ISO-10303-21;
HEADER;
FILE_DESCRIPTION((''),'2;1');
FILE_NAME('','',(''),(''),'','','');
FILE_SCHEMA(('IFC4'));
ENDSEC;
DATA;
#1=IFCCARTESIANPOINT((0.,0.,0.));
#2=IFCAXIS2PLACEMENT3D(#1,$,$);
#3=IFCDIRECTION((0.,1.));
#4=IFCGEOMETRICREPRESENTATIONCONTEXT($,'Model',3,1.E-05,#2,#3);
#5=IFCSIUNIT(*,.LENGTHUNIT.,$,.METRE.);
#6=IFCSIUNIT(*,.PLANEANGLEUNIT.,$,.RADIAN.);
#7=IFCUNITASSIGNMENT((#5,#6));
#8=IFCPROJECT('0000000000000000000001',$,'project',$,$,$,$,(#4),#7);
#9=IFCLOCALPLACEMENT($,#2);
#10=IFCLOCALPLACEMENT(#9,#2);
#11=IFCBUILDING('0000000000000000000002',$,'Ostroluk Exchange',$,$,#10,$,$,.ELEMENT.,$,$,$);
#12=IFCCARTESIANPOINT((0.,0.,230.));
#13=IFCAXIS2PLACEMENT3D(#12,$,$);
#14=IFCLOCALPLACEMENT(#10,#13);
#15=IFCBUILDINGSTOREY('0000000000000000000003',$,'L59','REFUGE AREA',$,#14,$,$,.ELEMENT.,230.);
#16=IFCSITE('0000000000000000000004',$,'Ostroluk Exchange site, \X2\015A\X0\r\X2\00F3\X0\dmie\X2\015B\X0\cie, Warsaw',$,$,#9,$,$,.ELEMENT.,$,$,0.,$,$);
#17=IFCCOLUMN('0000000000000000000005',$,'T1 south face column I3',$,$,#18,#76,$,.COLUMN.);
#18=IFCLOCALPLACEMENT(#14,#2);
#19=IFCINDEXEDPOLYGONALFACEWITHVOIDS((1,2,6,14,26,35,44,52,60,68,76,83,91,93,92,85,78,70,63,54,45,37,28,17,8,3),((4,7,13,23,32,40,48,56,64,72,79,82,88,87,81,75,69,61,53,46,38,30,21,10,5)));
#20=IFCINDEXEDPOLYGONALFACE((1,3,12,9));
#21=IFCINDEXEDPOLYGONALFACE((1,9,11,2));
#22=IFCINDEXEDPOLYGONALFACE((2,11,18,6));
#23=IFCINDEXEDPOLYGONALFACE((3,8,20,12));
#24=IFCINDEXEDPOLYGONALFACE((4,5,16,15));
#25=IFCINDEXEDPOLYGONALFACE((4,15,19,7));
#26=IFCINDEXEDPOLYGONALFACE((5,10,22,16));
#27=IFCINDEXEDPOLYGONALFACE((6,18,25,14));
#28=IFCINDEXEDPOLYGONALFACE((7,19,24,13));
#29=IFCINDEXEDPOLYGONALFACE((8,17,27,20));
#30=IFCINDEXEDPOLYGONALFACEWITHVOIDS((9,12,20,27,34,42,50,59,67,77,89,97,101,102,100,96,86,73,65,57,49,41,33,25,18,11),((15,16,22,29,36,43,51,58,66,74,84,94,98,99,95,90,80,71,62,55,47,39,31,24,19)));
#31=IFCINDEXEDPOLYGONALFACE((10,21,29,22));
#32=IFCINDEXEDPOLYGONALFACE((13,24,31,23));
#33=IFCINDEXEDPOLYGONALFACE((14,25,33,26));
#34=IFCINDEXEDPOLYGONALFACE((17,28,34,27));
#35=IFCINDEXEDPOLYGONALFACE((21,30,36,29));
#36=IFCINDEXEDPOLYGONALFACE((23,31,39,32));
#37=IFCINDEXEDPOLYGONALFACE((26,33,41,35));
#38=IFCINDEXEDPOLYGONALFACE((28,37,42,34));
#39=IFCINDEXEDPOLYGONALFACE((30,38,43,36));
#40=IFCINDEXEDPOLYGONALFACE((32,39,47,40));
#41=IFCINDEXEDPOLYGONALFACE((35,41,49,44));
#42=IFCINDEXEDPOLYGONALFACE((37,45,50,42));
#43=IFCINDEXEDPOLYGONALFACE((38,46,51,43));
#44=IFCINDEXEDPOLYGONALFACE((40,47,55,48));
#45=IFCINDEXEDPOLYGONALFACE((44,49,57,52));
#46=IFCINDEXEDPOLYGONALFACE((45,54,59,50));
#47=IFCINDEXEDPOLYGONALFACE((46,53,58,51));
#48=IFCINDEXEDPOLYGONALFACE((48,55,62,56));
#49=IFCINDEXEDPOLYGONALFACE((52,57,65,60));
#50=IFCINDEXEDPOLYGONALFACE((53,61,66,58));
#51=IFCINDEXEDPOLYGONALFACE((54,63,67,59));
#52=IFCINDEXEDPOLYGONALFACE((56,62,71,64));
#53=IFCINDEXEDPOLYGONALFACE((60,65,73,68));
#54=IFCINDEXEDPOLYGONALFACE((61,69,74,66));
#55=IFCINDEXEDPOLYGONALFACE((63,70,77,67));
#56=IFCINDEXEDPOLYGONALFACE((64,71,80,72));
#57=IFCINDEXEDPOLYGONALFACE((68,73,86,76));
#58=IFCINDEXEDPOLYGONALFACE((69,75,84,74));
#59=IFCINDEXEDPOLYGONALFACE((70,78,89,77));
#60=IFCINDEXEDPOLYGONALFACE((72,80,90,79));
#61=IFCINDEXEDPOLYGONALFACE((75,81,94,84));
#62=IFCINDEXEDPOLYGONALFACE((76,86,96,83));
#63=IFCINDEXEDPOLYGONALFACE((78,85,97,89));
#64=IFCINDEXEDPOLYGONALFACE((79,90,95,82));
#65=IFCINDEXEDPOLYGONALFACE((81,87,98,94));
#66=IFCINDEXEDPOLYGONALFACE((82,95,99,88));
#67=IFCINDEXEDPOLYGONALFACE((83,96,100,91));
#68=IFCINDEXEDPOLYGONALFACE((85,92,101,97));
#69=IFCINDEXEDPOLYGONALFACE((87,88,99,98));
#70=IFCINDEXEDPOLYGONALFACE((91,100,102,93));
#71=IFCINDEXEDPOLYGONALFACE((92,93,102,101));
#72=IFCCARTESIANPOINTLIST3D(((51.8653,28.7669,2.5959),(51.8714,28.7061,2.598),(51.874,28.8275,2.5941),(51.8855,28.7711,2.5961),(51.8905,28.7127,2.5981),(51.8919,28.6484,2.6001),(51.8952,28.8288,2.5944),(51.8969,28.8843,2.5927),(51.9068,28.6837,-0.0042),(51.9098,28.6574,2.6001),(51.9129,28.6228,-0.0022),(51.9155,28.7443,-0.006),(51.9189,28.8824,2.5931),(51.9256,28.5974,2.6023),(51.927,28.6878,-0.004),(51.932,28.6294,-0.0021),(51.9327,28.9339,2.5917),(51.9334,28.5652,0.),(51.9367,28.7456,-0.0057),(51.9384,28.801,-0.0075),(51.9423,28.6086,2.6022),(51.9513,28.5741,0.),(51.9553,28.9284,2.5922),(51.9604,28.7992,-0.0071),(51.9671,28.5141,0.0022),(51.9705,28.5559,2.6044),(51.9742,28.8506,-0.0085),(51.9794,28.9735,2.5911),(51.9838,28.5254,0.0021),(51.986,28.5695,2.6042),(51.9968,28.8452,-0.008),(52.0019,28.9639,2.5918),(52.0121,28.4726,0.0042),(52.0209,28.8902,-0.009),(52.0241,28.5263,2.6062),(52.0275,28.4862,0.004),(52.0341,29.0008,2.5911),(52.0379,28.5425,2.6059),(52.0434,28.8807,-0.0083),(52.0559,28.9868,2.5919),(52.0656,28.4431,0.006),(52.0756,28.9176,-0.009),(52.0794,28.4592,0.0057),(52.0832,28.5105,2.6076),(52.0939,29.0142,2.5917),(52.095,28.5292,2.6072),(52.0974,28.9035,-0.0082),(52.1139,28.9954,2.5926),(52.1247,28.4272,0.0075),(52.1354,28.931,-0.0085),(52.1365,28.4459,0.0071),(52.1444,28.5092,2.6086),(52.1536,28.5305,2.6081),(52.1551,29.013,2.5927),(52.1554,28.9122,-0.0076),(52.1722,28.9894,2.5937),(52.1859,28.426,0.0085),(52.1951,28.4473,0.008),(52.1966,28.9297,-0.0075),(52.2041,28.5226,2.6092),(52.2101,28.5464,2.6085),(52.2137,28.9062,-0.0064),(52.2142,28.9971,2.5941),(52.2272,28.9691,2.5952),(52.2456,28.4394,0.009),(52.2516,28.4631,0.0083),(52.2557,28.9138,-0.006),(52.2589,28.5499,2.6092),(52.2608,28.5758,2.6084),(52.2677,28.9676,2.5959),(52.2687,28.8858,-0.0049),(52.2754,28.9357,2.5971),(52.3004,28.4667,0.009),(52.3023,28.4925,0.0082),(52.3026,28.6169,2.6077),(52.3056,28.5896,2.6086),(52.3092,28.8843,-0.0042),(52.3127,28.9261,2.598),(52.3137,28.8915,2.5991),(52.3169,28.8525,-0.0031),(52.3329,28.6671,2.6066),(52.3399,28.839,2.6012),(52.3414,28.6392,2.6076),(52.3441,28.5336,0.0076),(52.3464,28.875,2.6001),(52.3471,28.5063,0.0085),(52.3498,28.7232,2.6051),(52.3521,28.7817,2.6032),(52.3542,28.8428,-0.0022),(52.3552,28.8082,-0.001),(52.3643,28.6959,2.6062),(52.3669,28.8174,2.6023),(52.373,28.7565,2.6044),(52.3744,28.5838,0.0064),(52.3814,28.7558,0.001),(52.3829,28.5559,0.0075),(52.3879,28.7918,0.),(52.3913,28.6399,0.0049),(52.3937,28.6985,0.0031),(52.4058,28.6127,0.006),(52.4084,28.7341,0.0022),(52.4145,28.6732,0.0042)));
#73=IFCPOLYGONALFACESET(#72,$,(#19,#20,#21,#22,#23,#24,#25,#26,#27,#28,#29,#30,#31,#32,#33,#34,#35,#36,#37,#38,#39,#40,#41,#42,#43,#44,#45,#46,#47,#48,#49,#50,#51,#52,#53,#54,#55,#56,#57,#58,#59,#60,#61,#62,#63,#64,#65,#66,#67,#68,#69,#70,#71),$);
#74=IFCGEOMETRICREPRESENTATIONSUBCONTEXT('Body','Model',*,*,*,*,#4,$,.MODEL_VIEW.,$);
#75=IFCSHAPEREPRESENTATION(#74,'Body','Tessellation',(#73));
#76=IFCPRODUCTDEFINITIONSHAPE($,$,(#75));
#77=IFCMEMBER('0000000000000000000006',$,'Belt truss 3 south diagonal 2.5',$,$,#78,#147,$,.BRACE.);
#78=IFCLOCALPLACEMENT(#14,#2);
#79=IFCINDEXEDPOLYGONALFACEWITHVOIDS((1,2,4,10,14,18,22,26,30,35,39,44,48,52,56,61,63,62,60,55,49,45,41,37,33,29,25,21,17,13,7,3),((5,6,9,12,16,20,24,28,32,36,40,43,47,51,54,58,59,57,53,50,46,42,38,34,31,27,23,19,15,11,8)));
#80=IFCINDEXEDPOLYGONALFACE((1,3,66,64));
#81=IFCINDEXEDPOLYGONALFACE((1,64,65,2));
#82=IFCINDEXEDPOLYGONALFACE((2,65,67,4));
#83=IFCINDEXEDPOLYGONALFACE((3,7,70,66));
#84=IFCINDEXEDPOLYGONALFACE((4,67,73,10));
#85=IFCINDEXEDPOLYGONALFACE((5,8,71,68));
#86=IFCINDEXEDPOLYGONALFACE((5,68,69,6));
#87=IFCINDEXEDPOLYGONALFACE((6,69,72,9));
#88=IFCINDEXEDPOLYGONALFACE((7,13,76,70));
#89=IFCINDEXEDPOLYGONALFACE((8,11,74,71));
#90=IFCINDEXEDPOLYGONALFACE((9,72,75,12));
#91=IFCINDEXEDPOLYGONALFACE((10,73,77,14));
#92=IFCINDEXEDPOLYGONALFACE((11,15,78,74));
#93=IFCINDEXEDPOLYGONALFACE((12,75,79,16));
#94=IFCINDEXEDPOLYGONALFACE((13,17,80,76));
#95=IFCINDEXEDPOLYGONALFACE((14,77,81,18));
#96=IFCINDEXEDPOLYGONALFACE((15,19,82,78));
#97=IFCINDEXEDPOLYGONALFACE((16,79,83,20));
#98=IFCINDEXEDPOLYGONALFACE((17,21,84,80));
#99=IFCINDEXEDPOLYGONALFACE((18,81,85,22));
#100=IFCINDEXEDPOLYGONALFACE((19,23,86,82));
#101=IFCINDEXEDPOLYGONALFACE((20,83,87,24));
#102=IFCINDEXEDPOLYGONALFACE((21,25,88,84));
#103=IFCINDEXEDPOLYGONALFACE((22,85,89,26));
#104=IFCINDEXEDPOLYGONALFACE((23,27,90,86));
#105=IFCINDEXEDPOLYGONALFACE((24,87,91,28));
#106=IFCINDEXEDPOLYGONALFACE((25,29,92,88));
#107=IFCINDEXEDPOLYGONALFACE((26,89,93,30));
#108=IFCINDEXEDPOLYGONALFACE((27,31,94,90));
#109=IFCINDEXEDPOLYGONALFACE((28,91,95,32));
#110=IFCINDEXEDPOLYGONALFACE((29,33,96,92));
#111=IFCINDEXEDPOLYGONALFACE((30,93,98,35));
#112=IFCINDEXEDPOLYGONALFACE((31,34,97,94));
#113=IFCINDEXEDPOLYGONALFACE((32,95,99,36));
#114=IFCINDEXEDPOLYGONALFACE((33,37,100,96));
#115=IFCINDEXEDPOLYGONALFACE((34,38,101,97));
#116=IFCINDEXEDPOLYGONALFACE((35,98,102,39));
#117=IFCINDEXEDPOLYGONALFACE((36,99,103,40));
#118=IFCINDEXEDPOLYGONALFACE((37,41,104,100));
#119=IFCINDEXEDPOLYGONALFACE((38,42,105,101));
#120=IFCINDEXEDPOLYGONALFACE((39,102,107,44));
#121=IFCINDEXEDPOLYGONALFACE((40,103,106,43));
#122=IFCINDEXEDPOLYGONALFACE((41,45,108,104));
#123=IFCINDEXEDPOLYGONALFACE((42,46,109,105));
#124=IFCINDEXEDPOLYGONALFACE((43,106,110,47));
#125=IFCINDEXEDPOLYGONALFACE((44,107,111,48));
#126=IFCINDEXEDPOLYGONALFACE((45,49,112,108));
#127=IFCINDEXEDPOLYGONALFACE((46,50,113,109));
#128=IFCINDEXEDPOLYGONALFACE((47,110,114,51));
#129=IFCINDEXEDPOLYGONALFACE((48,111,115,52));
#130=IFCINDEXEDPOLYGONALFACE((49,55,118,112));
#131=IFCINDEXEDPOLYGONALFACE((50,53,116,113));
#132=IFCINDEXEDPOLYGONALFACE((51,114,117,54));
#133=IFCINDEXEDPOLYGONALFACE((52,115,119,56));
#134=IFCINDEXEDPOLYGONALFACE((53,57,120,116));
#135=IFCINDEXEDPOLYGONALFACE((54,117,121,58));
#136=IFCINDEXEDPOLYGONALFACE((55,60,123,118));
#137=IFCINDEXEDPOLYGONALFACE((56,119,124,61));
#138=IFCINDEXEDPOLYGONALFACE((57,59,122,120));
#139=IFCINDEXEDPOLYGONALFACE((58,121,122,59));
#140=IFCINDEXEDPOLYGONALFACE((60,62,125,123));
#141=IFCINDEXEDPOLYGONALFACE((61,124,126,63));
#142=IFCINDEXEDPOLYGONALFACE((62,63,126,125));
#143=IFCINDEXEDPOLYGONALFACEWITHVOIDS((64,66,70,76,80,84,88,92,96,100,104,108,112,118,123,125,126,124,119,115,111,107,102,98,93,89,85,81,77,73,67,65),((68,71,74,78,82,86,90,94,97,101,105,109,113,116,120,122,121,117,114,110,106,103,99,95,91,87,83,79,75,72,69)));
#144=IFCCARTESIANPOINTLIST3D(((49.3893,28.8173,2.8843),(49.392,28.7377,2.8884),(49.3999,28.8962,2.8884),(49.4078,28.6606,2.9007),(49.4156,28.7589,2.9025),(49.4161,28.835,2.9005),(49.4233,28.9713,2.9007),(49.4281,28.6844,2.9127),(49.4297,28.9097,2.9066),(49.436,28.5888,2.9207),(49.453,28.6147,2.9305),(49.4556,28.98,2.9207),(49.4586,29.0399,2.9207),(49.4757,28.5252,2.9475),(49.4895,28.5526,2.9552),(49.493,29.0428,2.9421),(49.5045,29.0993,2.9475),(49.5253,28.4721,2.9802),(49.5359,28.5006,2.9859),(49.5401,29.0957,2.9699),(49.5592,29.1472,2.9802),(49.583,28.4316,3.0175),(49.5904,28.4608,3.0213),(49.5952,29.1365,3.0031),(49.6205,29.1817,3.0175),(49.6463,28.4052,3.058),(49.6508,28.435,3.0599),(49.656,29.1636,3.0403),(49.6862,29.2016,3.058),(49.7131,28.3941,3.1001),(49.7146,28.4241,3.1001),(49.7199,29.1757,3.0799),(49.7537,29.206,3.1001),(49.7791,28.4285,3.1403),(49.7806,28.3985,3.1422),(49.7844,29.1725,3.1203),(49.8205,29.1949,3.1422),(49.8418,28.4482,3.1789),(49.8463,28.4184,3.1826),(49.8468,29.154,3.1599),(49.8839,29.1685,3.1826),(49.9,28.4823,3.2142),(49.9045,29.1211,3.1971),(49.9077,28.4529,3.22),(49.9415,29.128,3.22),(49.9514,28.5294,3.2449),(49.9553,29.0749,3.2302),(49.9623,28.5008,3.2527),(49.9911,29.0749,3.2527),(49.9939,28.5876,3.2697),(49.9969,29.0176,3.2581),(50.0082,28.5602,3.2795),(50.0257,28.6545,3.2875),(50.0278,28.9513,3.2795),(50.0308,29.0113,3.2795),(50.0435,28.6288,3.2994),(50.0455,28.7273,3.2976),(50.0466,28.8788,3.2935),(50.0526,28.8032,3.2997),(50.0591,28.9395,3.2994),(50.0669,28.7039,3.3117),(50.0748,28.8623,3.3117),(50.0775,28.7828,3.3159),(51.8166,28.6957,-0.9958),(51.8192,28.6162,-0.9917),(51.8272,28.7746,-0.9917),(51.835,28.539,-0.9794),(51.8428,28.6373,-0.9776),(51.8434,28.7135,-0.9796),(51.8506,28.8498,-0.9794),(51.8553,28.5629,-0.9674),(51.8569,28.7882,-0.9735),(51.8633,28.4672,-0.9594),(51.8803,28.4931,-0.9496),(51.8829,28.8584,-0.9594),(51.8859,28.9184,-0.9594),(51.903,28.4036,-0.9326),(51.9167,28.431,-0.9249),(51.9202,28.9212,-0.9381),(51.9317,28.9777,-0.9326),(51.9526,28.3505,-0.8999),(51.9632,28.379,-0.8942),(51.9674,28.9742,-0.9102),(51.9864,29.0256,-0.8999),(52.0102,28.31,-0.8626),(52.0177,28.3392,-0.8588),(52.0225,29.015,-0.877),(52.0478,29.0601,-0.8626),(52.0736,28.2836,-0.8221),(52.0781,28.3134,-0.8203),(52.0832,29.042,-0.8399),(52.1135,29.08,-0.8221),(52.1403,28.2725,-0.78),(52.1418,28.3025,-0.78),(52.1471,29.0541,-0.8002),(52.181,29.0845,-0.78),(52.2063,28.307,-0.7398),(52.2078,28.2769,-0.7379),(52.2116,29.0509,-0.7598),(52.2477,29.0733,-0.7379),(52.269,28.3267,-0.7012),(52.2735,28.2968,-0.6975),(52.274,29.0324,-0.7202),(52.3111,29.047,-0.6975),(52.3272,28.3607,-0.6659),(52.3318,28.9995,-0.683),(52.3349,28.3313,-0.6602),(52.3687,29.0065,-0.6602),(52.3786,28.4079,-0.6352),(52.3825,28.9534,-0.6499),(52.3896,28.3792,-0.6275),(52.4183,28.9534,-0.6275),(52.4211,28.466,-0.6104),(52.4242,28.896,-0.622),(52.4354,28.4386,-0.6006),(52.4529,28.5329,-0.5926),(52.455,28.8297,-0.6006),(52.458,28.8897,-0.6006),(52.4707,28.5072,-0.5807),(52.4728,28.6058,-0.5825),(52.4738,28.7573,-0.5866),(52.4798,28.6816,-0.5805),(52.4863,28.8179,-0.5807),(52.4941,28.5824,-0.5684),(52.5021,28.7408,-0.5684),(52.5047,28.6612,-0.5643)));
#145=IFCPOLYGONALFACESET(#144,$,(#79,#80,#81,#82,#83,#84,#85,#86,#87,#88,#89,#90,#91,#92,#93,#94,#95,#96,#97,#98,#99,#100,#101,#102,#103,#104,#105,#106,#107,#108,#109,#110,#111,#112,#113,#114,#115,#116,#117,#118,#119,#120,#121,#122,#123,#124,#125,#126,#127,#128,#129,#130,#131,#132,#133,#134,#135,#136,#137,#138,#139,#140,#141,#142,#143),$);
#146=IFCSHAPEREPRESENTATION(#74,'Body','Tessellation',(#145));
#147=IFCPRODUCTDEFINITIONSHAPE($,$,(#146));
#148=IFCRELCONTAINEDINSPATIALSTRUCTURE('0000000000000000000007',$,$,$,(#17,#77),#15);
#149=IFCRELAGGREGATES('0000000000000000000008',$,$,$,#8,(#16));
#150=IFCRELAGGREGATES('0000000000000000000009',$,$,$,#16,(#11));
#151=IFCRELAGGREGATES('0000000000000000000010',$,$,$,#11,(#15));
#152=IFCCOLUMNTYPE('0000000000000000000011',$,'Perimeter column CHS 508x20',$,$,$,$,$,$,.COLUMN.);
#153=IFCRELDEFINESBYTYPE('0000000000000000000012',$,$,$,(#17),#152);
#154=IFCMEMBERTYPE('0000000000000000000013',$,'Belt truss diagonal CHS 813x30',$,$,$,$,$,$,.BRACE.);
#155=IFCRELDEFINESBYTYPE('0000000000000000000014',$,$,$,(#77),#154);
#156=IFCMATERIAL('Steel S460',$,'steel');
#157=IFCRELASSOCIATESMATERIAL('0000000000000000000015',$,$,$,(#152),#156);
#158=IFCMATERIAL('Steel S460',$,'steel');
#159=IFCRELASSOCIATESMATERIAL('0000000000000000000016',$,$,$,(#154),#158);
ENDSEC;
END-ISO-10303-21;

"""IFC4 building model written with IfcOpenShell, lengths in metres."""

from ifc_helpers import new_model, si_unit, direction, frame, origin, origin_2d, place, context, subcontext, project, spatial, hollow_circle, extrude, material, material_profile, profile_set, type_object, element, save


model = new_model("IFC4")

# Units and contexts
model_context = context("Model", 3, precision=1e-05, world=origin(), true_north=direction((0.0, 1.0)))
body_context = subcontext(model_context, "Body", "Model", "MODEL_VIEW")
ifc_project = project(units=[si_unit("LENGTHUNIT", "METRE"), si_unit("PLANEANGLEUNIT", "RADIAN")], contexts=[model_context])

# Site, building, storey
site_placement = place(None, origin())
site = spatial("IfcSite", under=ifc_project, at=site_placement, Name="Ostroluk Exchange site, Śródmieście, Warsaw", CompositionType="ELEMENT", RefElevation=0.0)
building_placement = place(site_placement, origin())
building = spatial("IfcBuilding", under=site, at=building_placement, Name="Ostroluk Exchange", CompositionType="ELEMENT")
storey_placement = place(building_placement, frame((0.0, 0.0, 230.0)))
storey = spatial("IfcBuildingStorey", under=building, at=storey_placement, Name="L59", Description="REFUGE AREA", CompositionType="ELEMENT", Elevation=230.0)

# Column
ifc_material_1 = material(Name="Steel S460", Category="steel")
ifc_material_profile_1 = material_profile(ifc_material_1, hollow_circle(Radius=0.2539, WallThickness=0.02, at=origin_2d()), Name="CHS 508x20")
ifc_profile_set_1 = profile_set([ifc_material_profile_1], Name="Steel S460")
column_type = type_object("IfcColumnType", Name="Perimeter column CHS 508x20", PredefinedType="COLUMN", material=ifc_profile_set_1)
column_placement = place(storey_placement, frame((52.1606, 28.6785, 0.0), z_axis=(-0.015952, 0.031998, 0.999361), x_axis=(-0.894951, -0.446163, 0.0)))
element("IfcColumn", 1, at=column_placement, inside=storey, type_object=column_type, Name="T1 south face column I3", PredefinedType="COLUMN", context=body_context, shape_type="SweptSolid", body=[
    extrude(hollow_circle(Radius=0.2539, WallThickness=0.02, at=origin_2d()), origin(), (0.0, 0.0, 1.0), 2.6018),
])

# Member
ifc_material_2 = material(Name="Steel S460", Category="steel")
ifc_material_profile_2 = material_profile(ifc_material_2, hollow_circle(Radius=0.4065, WallThickness=0.03, at=origin_2d()), Name="CHS 813x30")
ifc_profile_set_2 = profile_set([ifc_material_profile_2], Name="Steel S460")
member_type_1 = type_object("IfcMemberType", Name="Belt truss diagonal CHS 813x30", PredefinedType="BRACE", material=ifc_profile_set_2)
member_1_placement = place(storey_placement, frame((52.1606, 28.6785, -0.78), z_axis=(-0.530152, 0.026556, 0.847486), x_axis=(-0.050028, -0.998748, 0.0)))
element("IfcMember", 2, at=member_1_placement, inside=storey, type_object=member_type_1, Name="Belt truss 3 south diagonal 2.5", PredefinedType="BRACE", context=body_context, shape_type="SweptSolid", body=[
    extrude(hollow_circle(Radius=0.4065, WallThickness=0.03, at=origin_2d()), origin(), (0.0, 0.0, 1.0), 4.5784),
])

save(model, "model.ifc")
